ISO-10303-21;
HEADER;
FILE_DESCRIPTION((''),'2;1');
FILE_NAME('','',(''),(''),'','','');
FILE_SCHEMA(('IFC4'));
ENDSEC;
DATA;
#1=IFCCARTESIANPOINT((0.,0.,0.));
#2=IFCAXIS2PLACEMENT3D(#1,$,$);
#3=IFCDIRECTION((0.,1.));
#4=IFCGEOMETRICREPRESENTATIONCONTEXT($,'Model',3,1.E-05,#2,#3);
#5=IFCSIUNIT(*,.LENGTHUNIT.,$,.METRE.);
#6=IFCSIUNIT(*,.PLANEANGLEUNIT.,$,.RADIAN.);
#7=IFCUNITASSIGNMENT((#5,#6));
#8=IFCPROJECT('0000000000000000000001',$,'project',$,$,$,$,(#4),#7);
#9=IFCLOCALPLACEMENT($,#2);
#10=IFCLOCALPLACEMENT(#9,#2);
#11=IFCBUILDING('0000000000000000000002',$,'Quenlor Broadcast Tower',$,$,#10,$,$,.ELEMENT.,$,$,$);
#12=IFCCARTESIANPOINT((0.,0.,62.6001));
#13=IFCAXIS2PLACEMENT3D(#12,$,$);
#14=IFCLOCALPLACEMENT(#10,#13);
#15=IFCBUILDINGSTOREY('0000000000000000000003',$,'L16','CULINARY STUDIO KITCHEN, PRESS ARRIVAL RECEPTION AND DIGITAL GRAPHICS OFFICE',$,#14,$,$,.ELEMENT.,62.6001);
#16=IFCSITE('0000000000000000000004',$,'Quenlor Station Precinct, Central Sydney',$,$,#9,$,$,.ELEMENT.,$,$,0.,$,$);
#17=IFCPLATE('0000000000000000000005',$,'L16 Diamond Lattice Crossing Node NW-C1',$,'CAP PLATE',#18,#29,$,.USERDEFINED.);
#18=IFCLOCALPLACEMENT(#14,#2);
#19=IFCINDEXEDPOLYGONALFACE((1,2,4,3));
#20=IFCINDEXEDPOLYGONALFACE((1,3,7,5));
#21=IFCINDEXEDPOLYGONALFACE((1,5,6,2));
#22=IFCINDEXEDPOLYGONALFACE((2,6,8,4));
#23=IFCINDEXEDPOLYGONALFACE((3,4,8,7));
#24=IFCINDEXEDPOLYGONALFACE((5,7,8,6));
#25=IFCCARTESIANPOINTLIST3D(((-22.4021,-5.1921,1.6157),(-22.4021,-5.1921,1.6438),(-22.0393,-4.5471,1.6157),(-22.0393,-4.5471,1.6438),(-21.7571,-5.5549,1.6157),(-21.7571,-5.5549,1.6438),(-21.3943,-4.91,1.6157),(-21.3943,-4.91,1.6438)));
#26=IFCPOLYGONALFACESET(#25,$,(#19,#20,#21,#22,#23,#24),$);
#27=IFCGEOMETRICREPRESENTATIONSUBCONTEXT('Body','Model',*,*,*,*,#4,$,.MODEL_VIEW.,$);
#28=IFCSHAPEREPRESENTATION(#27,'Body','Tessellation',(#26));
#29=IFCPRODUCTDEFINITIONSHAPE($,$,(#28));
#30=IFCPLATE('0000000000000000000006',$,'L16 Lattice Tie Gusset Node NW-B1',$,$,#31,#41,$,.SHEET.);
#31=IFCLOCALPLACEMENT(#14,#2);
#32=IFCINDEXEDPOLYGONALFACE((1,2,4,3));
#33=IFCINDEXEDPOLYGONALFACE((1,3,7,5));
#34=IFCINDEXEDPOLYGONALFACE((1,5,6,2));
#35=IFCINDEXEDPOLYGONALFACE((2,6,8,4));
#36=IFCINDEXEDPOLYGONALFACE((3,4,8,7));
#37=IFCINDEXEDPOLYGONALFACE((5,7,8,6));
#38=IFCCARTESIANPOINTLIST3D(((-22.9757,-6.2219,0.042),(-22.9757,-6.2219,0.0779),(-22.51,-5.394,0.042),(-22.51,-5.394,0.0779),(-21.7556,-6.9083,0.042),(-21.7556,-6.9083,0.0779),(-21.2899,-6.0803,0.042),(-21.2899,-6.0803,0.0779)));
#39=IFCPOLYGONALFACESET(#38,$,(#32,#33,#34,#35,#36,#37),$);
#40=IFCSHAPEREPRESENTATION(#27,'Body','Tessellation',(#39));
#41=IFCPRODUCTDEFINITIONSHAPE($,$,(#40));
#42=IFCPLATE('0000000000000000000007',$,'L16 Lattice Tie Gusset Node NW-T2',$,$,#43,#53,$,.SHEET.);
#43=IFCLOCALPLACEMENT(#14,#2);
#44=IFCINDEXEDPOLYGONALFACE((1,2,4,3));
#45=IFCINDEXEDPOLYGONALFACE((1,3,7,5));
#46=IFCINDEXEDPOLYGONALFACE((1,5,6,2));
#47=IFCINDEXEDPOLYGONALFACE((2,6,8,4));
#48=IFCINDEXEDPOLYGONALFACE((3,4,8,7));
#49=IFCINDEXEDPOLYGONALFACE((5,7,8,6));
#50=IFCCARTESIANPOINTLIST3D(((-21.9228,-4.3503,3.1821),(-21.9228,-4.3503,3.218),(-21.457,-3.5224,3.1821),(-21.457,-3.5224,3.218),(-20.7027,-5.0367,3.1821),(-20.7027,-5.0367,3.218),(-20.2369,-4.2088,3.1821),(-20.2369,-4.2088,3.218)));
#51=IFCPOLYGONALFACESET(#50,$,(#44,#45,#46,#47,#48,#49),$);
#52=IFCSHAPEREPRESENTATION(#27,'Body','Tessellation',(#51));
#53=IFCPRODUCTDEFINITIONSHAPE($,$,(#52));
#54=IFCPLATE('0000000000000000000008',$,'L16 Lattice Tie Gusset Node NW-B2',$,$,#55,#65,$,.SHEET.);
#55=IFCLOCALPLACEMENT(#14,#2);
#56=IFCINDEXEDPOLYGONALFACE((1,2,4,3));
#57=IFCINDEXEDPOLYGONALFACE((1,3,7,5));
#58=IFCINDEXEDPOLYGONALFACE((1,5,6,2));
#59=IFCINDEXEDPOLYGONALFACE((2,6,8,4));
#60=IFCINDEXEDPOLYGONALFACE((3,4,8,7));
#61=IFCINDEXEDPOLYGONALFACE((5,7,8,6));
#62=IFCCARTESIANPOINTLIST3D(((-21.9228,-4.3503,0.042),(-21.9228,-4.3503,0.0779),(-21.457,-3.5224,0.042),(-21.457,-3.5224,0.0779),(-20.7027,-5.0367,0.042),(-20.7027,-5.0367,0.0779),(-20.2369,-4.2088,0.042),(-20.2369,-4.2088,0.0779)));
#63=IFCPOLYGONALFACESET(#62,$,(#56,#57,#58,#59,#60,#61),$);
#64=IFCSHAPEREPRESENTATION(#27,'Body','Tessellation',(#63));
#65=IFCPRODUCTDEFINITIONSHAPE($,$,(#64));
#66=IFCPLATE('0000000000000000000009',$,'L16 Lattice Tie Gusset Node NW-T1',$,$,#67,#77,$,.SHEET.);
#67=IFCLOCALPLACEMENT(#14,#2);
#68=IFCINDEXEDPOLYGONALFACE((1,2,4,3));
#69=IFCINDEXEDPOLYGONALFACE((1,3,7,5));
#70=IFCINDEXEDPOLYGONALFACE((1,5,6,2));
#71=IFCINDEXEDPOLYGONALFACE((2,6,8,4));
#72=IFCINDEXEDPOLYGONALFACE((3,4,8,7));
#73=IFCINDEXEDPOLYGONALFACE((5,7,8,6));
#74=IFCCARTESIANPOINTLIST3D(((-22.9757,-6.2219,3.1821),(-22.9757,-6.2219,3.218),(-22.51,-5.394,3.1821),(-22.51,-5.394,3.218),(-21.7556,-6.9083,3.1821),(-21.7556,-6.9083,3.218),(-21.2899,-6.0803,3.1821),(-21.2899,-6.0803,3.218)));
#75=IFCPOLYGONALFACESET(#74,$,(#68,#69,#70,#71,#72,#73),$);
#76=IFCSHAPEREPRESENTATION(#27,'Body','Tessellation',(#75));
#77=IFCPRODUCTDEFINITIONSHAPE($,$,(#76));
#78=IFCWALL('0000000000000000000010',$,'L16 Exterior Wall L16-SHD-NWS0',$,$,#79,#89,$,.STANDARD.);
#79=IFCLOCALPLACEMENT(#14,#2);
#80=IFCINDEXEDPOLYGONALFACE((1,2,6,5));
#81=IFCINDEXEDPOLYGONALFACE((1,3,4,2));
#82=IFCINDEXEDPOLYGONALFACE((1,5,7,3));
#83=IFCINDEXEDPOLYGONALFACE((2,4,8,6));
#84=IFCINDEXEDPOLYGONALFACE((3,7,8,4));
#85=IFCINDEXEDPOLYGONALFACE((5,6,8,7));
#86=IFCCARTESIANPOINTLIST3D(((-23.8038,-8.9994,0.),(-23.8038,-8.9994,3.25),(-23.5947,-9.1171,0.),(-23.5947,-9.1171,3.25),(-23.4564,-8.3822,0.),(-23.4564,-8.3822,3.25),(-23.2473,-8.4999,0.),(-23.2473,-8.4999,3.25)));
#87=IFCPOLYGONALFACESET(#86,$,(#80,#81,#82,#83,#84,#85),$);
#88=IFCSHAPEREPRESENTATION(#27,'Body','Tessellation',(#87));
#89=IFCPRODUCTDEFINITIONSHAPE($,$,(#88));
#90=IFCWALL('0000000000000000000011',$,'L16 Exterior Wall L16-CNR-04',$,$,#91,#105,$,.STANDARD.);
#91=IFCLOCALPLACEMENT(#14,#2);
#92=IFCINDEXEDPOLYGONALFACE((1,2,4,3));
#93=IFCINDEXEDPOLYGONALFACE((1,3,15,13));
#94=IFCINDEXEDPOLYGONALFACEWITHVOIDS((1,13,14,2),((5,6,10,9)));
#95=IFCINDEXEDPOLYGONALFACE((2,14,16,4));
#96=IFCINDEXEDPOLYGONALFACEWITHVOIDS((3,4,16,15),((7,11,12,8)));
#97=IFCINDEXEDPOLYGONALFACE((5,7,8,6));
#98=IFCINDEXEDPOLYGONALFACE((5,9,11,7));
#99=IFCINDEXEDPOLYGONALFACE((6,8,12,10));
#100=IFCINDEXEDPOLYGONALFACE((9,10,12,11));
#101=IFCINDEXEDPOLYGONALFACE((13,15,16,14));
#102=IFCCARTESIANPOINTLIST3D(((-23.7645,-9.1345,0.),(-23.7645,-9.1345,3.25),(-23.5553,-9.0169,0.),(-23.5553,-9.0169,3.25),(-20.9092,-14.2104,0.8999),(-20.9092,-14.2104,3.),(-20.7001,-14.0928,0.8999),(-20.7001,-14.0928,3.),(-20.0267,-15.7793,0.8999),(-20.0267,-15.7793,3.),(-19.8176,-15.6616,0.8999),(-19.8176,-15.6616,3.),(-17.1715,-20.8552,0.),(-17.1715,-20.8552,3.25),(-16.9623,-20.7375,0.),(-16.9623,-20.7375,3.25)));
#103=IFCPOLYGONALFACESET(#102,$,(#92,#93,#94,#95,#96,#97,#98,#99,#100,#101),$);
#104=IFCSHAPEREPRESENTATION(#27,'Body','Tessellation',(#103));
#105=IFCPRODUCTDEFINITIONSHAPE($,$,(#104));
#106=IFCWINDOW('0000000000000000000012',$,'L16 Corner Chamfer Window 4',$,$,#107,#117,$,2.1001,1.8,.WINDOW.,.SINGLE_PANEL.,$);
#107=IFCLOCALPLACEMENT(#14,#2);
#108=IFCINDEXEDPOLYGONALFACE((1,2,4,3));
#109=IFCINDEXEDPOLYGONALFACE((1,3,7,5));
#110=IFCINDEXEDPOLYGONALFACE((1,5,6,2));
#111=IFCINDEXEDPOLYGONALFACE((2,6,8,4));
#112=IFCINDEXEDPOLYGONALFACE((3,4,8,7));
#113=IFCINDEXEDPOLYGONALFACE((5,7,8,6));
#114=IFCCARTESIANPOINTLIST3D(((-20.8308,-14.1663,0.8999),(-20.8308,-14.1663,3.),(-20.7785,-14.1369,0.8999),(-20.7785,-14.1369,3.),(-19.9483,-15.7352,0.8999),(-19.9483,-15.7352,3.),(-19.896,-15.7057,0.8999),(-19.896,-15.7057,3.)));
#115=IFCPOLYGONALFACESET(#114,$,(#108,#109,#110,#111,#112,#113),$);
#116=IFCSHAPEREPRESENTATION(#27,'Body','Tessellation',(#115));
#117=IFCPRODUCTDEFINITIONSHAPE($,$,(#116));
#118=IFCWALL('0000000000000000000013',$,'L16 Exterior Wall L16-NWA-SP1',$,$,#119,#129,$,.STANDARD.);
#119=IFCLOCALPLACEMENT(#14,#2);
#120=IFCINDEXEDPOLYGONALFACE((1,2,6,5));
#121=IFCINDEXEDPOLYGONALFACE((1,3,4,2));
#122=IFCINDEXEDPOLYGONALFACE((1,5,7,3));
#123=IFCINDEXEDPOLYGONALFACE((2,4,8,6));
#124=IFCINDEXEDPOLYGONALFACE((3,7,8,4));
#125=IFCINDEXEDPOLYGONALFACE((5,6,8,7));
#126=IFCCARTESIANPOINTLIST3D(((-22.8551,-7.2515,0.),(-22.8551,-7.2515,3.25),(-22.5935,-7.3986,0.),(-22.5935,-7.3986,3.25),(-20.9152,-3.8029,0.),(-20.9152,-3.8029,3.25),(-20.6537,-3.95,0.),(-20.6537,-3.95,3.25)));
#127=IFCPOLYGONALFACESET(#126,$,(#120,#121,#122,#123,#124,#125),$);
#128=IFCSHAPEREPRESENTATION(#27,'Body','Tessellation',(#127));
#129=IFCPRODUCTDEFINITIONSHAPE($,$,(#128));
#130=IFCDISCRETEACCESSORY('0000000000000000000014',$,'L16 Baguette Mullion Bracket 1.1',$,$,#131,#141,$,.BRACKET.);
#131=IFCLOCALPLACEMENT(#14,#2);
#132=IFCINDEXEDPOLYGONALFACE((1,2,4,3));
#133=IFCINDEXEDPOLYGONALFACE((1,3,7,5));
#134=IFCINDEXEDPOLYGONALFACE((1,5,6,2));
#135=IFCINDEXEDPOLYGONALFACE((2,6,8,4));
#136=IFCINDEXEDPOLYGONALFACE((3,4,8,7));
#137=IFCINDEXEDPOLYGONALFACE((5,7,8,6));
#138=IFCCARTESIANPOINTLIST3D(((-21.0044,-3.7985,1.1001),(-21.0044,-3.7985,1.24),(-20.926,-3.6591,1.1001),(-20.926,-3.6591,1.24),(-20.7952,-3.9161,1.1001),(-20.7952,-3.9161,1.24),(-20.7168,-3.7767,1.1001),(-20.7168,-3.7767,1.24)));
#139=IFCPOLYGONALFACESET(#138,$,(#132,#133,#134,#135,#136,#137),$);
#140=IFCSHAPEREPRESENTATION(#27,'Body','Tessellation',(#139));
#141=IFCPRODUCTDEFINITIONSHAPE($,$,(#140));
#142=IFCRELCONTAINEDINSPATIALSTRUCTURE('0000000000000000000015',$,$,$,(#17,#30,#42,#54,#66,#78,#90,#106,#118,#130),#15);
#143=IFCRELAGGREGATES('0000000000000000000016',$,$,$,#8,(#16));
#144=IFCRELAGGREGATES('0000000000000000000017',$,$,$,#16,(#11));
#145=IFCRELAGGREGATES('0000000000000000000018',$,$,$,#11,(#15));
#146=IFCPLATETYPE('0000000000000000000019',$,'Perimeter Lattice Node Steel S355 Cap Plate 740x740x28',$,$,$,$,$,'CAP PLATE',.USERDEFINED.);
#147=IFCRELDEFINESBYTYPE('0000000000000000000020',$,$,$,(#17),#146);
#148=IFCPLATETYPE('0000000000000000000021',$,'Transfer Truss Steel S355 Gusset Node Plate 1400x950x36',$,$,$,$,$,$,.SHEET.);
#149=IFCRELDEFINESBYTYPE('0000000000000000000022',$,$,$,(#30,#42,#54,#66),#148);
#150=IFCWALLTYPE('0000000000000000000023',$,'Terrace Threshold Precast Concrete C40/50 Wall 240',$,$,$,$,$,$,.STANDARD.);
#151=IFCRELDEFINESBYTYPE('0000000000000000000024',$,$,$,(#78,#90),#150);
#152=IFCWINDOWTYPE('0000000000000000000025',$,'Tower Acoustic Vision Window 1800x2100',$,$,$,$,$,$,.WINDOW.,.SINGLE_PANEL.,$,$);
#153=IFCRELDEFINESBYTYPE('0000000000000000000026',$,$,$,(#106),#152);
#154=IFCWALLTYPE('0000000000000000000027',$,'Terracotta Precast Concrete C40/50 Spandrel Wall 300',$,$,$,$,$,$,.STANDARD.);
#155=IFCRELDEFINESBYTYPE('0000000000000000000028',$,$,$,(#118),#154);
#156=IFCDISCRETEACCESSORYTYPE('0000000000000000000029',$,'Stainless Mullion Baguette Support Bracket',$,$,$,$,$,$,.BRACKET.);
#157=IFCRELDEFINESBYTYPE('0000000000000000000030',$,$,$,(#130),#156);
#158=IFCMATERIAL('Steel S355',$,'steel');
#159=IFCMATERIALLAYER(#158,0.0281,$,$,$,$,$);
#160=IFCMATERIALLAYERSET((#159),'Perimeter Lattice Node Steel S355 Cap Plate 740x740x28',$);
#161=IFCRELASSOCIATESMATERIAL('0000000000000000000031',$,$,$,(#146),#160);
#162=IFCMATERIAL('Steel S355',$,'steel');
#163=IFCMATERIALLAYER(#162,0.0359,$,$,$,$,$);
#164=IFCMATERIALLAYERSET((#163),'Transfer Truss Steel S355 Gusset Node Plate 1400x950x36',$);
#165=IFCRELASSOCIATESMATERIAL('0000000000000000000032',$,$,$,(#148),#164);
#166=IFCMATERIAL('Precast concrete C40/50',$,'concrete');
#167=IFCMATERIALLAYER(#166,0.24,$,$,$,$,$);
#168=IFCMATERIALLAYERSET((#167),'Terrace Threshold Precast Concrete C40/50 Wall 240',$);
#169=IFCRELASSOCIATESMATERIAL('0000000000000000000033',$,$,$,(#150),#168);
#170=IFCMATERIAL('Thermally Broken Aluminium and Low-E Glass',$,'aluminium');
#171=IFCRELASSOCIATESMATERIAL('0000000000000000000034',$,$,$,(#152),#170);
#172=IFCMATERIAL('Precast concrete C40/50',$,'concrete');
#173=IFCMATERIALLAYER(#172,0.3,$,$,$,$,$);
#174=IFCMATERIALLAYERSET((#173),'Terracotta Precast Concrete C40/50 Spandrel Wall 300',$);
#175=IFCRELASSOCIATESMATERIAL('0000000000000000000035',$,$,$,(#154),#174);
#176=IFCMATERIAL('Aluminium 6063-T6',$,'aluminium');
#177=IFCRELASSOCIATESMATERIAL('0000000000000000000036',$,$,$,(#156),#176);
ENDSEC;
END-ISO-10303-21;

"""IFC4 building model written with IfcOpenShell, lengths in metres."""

from ifc_helpers import new_model, si_unit, direction, frame, frame_2d, origin, origin_2d, place, context, subcontext, project, spatial, rectangle, extrude, material, layer, layer_set, type_object, element, fill, save


model = new_model("IFC4")

# Units and contexts
model_context = context("Model", 3, precision=1e-05, world=origin(), true_north=direction((0.0, 1.0)))
body_context = subcontext(model_context, "Body", "Model", "MODEL_VIEW")
ifc_project = project(units=[si_unit("LENGTHUNIT", "METRE"), si_unit("PLANEANGLEUNIT", "RADIAN")], contexts=[model_context])

# Site, building, storey
site_placement = place(None, origin())
site = spatial("IfcSite", under=ifc_project, at=site_placement, Name="Quenlor Station Precinct, Central Sydney", CompositionType="ELEMENT", RefElevation=0.0)
building_placement = place(site_placement, origin())
building = spatial("IfcBuilding", under=site, at=building_placement, Name="Quenlor Broadcast Tower", CompositionType="ELEMENT")
storey_placement = place(building_placement, frame((0.0, 0.0, 62.6001)))
storey = spatial("IfcBuildingStorey", under=building, at=storey_placement, Name="L16", Description="CULINARY STUDIO KITCHEN, PRESS ARRIVAL RECEPTION AND DIGITAL GRAPHICS OFFICE", CompositionType="ELEMENT", Elevation=62.6001)

# Plates
ifc_material_1 = material(Name="Steel S355", Category="steel")
ifc_layer_1 = layer(ifc_material_1, 0.0281)
ifc_layer_set_1 = layer_set([ifc_layer_1], Name="Perimeter Lattice Node Steel S355 Cap Plate 740x740x28")
plate_type_1 = type_object("IfcPlateType", Name="Perimeter Lattice Node Steel S355 Cap Plate 740x740x28", ElementType="CAP PLATE", PredefinedType="USERDEFINED", material=ifc_layer_set_1)
plate_placement = place(storey_placement, frame((-21.8982, -5.051, 1.6157), z_axis=(0.0, 0.0, 1.0), x_axis=(0.490295, 0.871556, 0.0)))
element("IfcPlate", 1, at=plate_placement, inside=storey, type_object=plate_type_1, Name="L16 Diamond Lattice Crossing Node NW-C1", ObjectType="CAP PLATE", PredefinedType="USERDEFINED", context=body_context, shape_type="SweptSolid", body=[
    extrude(rectangle(XDim=0.74, YDim=0.74, at=origin_2d()), origin(), (0.0, 0.0, 1.0), 0.0281),
])
ifc_material_2 = material(Name="Steel S355", Category="steel")
ifc_layer_2 = layer(ifc_material_2, 0.0359)
ifc_layer_set_2 = layer_set([ifc_layer_2], Name="Transfer Truss Steel S355 Gusset Node Plate 1400x950x36")
plate_type_2 = type_object("IfcPlateType", Name="Transfer Truss Steel S355 Gusset Node Plate 1400x950x36", PredefinedType="SHEET", material=ifc_layer_set_2)
for number, where, z_axis, x_axis, name in (
    (2, (-22.1328, -6.1511, 0.042), (0.0, 0.0, 1.0), (-0.871556, 0.490295, 0.0), "L16 Lattice Tie Gusset Node NW-B1"),
    (3, (-21.0798, -4.2795, 3.1821), (0.0, 0.0, 1.0), (-0.871556, 0.490295, 0.0), "L16 Lattice Tie Gusset Node NW-T2"),
    (4, (-21.0798, -4.2795, 0.042), (0.0, 0.0, 1.0), (-0.871556, 0.490295, 0.0), "L16 Lattice Tie Gusset Node NW-B2"),
    (5, (-22.1328, -6.1511, 3.1821), (0.0, 0.0, 1.0), (-0.871556, 0.490295, 0.0), "L16 Lattice Tie Gusset Node NW-T1"),
):
    element("IfcPlate", number, at=place(storey_placement, frame(where, z_axis=z_axis, x_axis=x_axis)), inside=storey, type_object=plate_type_2, Name=name, PredefinedType="SHEET", context=body_context, shape_type="SweptSolid", body=[
        extrude(rectangle(XDim=1.3999, YDim=0.95, at=origin_2d()), origin(), (0.0, 0.0, 1.0), 0.0359),
    ])

# Wall
ifc_material_3 = material(Name="Precast concrete C40/50", Category="concrete")
ifc_layer_3 = layer(ifc_material_3, 0.24)
ifc_layer_set_3 = layer_set([ifc_layer_3], Name="Terrace Threshold Precast Concrete C40/50 Wall 240")
wall_type_1 = type_object("IfcWallType", Name="Terrace Threshold Precast Concrete C40/50 Wall 240", PredefinedType="STANDARD", material=ifc_layer_set_3)
wall_1_placement = place(storey_placement, frame((-23.6992, -9.0581, 0.0), z_axis=(0.0, 0.0, 1.0), x_axis=(0.490523, 0.871428, 0.0)))
element("IfcWall", 6, at=wall_1_placement, inside=storey, type_object=wall_type_1, Name="L16 Exterior Wall L16-SHD-NWS0", PredefinedType="STANDARD", context=body_context, shape_type="SweptSolid", body=[
    extrude(rectangle(XDim=0.7083, YDim=0.24, at=frame_2d((0.354, 0.0))), origin(), (0.0, 0.0, 1.0), 3.25),
])

# Wall, opening, window
wall_2_placement = place(storey_placement, frame((-23.6599, -9.0757, 0.0), z_axis=(0.0, 0.0, 1.0), x_axis=(0.490268, -0.871572, 0.0)))
wall_2 = element("IfcWall", 7, at=wall_2_placement, inside=storey, type_object=wall_type_1, Name="L16 Exterior Wall L16-CNR-04", PredefinedType="STANDARD", context=body_context, shape_type="SweptSolid", body=[
    extrude(rectangle(XDim=13.4478, YDim=0.24, at=frame_2d((6.7239, 0.0))), origin(), (0.0, 0.0, 1.0), 3.25),
])
opening_placement = place(wall_2_placement, frame((5.824, 0.0, 0.8999)))
opening = element("IfcOpeningElement", 8, at=opening_placement, cuts=wall_2, PredefinedType="OPENING", context=body_context, shape_type="SweptSolid", body=[
    extrude(rectangle(XDim=1.8, YDim=2.1001, at=frame_2d((0.8999, 1.05))), frame((0.0, 0.1299, 0.0), z_axis=(0.0, -1.0, 0.0), x_axis=(1.0, 0.0, 0.0)), (0.0, 0.0, 1.0), 0.26),
])
ifc_material_4 = material(Name="Thermally Broken Aluminium and Low-E Glass", Category="aluminium")
window_type = type_object("IfcWindowType", Name="Tower Acoustic Vision Window 1800x2100", PartitioningType="SINGLE_PANEL", PredefinedType="WINDOW", material=ifc_material_4)
window_placement = place(opening_placement, origin())
window = element("IfcWindow", 9, at=window_placement, inside=storey, type_object=window_type, Name="L16 Corner Chamfer Window 4", OverallHeight=2.1001, OverallWidth=1.8, PartitioningType="SINGLE_PANEL", PredefinedType="WINDOW", context=body_context, shape_type="SweptSolid", body=[
    extrude(rectangle(XDim=1.8, YDim=2.1001, at=frame_2d((0.8999, 1.05))), frame((0.0, 0.03, 0.0), z_axis=(0.0, -1.0, 0.0), x_axis=(1.0, 0.0, 0.0)), (0.0, 0.0, 1.0), 0.0601),
])
fill(opening, window)

# Wall
ifc_material_5 = material(Name="Precast concrete C40/50", Category="concrete")
ifc_layer_4 = layer(ifc_material_5, 0.3)
ifc_layer_set_4 = layer_set([ifc_layer_4], Name="Terracotta Precast Concrete C40/50 Spandrel Wall 300")
wall_type_2 = type_object("IfcWallType", Name="Terracotta Precast Concrete C40/50 Spandrel Wall 300", PredefinedType="STANDARD", material=ifc_layer_set_4)
wall_3_placement = place(storey_placement, frame((-22.7244, -7.3252, 0.0), z_axis=(0.0, 0.0, 1.0), x_axis=(0.490267, 0.871572, 0.0)))
element("IfcWall", 10, at=wall_3_placement, inside=storey, type_object=wall_type_2, Name="L16 Exterior Wall L16-NWA-SP1", PredefinedType="STANDARD", context=body_context, shape_type="SweptSolid", body=[
    extrude(rectangle(XDim=3.9568, YDim=0.3, at=frame_2d((1.9785, 0.0))), origin(), (0.0, 0.0, 1.0), 3.25),
])

# Discrete accessory
ifc_material_6 = material(Name="Aluminium 6063-T6", Category="aluminium")
discrete_accessory_type = type_object("IfcDiscreteAccessoryType", Name="Stainless Mullion Baguette Support Bracket", PredefinedType="BRACKET", material=ifc_material_6)
discrete_accessory_placement = place(storey_placement, frame((-20.8606, -3.7876, 1.1001), z_axis=(0.0, 0.0, 1.0), x_axis=(0.490257, 0.871578, 0.0)))
element("IfcDiscreteAccessory", 11, at=discrete_accessory_placement, inside=storey, type_object=discrete_accessory_type, Name="L16 Baguette Mullion Bracket 1.1", PredefinedType="BRACKET", context=body_context, shape_type="SweptSolid", body=[
    extrude(rectangle(XDim=0.1599, YDim=0.24, at=origin_2d()), origin(), (0.0, 0.0, 1.0), 0.1399),
])

save(model, "model.ifc")
